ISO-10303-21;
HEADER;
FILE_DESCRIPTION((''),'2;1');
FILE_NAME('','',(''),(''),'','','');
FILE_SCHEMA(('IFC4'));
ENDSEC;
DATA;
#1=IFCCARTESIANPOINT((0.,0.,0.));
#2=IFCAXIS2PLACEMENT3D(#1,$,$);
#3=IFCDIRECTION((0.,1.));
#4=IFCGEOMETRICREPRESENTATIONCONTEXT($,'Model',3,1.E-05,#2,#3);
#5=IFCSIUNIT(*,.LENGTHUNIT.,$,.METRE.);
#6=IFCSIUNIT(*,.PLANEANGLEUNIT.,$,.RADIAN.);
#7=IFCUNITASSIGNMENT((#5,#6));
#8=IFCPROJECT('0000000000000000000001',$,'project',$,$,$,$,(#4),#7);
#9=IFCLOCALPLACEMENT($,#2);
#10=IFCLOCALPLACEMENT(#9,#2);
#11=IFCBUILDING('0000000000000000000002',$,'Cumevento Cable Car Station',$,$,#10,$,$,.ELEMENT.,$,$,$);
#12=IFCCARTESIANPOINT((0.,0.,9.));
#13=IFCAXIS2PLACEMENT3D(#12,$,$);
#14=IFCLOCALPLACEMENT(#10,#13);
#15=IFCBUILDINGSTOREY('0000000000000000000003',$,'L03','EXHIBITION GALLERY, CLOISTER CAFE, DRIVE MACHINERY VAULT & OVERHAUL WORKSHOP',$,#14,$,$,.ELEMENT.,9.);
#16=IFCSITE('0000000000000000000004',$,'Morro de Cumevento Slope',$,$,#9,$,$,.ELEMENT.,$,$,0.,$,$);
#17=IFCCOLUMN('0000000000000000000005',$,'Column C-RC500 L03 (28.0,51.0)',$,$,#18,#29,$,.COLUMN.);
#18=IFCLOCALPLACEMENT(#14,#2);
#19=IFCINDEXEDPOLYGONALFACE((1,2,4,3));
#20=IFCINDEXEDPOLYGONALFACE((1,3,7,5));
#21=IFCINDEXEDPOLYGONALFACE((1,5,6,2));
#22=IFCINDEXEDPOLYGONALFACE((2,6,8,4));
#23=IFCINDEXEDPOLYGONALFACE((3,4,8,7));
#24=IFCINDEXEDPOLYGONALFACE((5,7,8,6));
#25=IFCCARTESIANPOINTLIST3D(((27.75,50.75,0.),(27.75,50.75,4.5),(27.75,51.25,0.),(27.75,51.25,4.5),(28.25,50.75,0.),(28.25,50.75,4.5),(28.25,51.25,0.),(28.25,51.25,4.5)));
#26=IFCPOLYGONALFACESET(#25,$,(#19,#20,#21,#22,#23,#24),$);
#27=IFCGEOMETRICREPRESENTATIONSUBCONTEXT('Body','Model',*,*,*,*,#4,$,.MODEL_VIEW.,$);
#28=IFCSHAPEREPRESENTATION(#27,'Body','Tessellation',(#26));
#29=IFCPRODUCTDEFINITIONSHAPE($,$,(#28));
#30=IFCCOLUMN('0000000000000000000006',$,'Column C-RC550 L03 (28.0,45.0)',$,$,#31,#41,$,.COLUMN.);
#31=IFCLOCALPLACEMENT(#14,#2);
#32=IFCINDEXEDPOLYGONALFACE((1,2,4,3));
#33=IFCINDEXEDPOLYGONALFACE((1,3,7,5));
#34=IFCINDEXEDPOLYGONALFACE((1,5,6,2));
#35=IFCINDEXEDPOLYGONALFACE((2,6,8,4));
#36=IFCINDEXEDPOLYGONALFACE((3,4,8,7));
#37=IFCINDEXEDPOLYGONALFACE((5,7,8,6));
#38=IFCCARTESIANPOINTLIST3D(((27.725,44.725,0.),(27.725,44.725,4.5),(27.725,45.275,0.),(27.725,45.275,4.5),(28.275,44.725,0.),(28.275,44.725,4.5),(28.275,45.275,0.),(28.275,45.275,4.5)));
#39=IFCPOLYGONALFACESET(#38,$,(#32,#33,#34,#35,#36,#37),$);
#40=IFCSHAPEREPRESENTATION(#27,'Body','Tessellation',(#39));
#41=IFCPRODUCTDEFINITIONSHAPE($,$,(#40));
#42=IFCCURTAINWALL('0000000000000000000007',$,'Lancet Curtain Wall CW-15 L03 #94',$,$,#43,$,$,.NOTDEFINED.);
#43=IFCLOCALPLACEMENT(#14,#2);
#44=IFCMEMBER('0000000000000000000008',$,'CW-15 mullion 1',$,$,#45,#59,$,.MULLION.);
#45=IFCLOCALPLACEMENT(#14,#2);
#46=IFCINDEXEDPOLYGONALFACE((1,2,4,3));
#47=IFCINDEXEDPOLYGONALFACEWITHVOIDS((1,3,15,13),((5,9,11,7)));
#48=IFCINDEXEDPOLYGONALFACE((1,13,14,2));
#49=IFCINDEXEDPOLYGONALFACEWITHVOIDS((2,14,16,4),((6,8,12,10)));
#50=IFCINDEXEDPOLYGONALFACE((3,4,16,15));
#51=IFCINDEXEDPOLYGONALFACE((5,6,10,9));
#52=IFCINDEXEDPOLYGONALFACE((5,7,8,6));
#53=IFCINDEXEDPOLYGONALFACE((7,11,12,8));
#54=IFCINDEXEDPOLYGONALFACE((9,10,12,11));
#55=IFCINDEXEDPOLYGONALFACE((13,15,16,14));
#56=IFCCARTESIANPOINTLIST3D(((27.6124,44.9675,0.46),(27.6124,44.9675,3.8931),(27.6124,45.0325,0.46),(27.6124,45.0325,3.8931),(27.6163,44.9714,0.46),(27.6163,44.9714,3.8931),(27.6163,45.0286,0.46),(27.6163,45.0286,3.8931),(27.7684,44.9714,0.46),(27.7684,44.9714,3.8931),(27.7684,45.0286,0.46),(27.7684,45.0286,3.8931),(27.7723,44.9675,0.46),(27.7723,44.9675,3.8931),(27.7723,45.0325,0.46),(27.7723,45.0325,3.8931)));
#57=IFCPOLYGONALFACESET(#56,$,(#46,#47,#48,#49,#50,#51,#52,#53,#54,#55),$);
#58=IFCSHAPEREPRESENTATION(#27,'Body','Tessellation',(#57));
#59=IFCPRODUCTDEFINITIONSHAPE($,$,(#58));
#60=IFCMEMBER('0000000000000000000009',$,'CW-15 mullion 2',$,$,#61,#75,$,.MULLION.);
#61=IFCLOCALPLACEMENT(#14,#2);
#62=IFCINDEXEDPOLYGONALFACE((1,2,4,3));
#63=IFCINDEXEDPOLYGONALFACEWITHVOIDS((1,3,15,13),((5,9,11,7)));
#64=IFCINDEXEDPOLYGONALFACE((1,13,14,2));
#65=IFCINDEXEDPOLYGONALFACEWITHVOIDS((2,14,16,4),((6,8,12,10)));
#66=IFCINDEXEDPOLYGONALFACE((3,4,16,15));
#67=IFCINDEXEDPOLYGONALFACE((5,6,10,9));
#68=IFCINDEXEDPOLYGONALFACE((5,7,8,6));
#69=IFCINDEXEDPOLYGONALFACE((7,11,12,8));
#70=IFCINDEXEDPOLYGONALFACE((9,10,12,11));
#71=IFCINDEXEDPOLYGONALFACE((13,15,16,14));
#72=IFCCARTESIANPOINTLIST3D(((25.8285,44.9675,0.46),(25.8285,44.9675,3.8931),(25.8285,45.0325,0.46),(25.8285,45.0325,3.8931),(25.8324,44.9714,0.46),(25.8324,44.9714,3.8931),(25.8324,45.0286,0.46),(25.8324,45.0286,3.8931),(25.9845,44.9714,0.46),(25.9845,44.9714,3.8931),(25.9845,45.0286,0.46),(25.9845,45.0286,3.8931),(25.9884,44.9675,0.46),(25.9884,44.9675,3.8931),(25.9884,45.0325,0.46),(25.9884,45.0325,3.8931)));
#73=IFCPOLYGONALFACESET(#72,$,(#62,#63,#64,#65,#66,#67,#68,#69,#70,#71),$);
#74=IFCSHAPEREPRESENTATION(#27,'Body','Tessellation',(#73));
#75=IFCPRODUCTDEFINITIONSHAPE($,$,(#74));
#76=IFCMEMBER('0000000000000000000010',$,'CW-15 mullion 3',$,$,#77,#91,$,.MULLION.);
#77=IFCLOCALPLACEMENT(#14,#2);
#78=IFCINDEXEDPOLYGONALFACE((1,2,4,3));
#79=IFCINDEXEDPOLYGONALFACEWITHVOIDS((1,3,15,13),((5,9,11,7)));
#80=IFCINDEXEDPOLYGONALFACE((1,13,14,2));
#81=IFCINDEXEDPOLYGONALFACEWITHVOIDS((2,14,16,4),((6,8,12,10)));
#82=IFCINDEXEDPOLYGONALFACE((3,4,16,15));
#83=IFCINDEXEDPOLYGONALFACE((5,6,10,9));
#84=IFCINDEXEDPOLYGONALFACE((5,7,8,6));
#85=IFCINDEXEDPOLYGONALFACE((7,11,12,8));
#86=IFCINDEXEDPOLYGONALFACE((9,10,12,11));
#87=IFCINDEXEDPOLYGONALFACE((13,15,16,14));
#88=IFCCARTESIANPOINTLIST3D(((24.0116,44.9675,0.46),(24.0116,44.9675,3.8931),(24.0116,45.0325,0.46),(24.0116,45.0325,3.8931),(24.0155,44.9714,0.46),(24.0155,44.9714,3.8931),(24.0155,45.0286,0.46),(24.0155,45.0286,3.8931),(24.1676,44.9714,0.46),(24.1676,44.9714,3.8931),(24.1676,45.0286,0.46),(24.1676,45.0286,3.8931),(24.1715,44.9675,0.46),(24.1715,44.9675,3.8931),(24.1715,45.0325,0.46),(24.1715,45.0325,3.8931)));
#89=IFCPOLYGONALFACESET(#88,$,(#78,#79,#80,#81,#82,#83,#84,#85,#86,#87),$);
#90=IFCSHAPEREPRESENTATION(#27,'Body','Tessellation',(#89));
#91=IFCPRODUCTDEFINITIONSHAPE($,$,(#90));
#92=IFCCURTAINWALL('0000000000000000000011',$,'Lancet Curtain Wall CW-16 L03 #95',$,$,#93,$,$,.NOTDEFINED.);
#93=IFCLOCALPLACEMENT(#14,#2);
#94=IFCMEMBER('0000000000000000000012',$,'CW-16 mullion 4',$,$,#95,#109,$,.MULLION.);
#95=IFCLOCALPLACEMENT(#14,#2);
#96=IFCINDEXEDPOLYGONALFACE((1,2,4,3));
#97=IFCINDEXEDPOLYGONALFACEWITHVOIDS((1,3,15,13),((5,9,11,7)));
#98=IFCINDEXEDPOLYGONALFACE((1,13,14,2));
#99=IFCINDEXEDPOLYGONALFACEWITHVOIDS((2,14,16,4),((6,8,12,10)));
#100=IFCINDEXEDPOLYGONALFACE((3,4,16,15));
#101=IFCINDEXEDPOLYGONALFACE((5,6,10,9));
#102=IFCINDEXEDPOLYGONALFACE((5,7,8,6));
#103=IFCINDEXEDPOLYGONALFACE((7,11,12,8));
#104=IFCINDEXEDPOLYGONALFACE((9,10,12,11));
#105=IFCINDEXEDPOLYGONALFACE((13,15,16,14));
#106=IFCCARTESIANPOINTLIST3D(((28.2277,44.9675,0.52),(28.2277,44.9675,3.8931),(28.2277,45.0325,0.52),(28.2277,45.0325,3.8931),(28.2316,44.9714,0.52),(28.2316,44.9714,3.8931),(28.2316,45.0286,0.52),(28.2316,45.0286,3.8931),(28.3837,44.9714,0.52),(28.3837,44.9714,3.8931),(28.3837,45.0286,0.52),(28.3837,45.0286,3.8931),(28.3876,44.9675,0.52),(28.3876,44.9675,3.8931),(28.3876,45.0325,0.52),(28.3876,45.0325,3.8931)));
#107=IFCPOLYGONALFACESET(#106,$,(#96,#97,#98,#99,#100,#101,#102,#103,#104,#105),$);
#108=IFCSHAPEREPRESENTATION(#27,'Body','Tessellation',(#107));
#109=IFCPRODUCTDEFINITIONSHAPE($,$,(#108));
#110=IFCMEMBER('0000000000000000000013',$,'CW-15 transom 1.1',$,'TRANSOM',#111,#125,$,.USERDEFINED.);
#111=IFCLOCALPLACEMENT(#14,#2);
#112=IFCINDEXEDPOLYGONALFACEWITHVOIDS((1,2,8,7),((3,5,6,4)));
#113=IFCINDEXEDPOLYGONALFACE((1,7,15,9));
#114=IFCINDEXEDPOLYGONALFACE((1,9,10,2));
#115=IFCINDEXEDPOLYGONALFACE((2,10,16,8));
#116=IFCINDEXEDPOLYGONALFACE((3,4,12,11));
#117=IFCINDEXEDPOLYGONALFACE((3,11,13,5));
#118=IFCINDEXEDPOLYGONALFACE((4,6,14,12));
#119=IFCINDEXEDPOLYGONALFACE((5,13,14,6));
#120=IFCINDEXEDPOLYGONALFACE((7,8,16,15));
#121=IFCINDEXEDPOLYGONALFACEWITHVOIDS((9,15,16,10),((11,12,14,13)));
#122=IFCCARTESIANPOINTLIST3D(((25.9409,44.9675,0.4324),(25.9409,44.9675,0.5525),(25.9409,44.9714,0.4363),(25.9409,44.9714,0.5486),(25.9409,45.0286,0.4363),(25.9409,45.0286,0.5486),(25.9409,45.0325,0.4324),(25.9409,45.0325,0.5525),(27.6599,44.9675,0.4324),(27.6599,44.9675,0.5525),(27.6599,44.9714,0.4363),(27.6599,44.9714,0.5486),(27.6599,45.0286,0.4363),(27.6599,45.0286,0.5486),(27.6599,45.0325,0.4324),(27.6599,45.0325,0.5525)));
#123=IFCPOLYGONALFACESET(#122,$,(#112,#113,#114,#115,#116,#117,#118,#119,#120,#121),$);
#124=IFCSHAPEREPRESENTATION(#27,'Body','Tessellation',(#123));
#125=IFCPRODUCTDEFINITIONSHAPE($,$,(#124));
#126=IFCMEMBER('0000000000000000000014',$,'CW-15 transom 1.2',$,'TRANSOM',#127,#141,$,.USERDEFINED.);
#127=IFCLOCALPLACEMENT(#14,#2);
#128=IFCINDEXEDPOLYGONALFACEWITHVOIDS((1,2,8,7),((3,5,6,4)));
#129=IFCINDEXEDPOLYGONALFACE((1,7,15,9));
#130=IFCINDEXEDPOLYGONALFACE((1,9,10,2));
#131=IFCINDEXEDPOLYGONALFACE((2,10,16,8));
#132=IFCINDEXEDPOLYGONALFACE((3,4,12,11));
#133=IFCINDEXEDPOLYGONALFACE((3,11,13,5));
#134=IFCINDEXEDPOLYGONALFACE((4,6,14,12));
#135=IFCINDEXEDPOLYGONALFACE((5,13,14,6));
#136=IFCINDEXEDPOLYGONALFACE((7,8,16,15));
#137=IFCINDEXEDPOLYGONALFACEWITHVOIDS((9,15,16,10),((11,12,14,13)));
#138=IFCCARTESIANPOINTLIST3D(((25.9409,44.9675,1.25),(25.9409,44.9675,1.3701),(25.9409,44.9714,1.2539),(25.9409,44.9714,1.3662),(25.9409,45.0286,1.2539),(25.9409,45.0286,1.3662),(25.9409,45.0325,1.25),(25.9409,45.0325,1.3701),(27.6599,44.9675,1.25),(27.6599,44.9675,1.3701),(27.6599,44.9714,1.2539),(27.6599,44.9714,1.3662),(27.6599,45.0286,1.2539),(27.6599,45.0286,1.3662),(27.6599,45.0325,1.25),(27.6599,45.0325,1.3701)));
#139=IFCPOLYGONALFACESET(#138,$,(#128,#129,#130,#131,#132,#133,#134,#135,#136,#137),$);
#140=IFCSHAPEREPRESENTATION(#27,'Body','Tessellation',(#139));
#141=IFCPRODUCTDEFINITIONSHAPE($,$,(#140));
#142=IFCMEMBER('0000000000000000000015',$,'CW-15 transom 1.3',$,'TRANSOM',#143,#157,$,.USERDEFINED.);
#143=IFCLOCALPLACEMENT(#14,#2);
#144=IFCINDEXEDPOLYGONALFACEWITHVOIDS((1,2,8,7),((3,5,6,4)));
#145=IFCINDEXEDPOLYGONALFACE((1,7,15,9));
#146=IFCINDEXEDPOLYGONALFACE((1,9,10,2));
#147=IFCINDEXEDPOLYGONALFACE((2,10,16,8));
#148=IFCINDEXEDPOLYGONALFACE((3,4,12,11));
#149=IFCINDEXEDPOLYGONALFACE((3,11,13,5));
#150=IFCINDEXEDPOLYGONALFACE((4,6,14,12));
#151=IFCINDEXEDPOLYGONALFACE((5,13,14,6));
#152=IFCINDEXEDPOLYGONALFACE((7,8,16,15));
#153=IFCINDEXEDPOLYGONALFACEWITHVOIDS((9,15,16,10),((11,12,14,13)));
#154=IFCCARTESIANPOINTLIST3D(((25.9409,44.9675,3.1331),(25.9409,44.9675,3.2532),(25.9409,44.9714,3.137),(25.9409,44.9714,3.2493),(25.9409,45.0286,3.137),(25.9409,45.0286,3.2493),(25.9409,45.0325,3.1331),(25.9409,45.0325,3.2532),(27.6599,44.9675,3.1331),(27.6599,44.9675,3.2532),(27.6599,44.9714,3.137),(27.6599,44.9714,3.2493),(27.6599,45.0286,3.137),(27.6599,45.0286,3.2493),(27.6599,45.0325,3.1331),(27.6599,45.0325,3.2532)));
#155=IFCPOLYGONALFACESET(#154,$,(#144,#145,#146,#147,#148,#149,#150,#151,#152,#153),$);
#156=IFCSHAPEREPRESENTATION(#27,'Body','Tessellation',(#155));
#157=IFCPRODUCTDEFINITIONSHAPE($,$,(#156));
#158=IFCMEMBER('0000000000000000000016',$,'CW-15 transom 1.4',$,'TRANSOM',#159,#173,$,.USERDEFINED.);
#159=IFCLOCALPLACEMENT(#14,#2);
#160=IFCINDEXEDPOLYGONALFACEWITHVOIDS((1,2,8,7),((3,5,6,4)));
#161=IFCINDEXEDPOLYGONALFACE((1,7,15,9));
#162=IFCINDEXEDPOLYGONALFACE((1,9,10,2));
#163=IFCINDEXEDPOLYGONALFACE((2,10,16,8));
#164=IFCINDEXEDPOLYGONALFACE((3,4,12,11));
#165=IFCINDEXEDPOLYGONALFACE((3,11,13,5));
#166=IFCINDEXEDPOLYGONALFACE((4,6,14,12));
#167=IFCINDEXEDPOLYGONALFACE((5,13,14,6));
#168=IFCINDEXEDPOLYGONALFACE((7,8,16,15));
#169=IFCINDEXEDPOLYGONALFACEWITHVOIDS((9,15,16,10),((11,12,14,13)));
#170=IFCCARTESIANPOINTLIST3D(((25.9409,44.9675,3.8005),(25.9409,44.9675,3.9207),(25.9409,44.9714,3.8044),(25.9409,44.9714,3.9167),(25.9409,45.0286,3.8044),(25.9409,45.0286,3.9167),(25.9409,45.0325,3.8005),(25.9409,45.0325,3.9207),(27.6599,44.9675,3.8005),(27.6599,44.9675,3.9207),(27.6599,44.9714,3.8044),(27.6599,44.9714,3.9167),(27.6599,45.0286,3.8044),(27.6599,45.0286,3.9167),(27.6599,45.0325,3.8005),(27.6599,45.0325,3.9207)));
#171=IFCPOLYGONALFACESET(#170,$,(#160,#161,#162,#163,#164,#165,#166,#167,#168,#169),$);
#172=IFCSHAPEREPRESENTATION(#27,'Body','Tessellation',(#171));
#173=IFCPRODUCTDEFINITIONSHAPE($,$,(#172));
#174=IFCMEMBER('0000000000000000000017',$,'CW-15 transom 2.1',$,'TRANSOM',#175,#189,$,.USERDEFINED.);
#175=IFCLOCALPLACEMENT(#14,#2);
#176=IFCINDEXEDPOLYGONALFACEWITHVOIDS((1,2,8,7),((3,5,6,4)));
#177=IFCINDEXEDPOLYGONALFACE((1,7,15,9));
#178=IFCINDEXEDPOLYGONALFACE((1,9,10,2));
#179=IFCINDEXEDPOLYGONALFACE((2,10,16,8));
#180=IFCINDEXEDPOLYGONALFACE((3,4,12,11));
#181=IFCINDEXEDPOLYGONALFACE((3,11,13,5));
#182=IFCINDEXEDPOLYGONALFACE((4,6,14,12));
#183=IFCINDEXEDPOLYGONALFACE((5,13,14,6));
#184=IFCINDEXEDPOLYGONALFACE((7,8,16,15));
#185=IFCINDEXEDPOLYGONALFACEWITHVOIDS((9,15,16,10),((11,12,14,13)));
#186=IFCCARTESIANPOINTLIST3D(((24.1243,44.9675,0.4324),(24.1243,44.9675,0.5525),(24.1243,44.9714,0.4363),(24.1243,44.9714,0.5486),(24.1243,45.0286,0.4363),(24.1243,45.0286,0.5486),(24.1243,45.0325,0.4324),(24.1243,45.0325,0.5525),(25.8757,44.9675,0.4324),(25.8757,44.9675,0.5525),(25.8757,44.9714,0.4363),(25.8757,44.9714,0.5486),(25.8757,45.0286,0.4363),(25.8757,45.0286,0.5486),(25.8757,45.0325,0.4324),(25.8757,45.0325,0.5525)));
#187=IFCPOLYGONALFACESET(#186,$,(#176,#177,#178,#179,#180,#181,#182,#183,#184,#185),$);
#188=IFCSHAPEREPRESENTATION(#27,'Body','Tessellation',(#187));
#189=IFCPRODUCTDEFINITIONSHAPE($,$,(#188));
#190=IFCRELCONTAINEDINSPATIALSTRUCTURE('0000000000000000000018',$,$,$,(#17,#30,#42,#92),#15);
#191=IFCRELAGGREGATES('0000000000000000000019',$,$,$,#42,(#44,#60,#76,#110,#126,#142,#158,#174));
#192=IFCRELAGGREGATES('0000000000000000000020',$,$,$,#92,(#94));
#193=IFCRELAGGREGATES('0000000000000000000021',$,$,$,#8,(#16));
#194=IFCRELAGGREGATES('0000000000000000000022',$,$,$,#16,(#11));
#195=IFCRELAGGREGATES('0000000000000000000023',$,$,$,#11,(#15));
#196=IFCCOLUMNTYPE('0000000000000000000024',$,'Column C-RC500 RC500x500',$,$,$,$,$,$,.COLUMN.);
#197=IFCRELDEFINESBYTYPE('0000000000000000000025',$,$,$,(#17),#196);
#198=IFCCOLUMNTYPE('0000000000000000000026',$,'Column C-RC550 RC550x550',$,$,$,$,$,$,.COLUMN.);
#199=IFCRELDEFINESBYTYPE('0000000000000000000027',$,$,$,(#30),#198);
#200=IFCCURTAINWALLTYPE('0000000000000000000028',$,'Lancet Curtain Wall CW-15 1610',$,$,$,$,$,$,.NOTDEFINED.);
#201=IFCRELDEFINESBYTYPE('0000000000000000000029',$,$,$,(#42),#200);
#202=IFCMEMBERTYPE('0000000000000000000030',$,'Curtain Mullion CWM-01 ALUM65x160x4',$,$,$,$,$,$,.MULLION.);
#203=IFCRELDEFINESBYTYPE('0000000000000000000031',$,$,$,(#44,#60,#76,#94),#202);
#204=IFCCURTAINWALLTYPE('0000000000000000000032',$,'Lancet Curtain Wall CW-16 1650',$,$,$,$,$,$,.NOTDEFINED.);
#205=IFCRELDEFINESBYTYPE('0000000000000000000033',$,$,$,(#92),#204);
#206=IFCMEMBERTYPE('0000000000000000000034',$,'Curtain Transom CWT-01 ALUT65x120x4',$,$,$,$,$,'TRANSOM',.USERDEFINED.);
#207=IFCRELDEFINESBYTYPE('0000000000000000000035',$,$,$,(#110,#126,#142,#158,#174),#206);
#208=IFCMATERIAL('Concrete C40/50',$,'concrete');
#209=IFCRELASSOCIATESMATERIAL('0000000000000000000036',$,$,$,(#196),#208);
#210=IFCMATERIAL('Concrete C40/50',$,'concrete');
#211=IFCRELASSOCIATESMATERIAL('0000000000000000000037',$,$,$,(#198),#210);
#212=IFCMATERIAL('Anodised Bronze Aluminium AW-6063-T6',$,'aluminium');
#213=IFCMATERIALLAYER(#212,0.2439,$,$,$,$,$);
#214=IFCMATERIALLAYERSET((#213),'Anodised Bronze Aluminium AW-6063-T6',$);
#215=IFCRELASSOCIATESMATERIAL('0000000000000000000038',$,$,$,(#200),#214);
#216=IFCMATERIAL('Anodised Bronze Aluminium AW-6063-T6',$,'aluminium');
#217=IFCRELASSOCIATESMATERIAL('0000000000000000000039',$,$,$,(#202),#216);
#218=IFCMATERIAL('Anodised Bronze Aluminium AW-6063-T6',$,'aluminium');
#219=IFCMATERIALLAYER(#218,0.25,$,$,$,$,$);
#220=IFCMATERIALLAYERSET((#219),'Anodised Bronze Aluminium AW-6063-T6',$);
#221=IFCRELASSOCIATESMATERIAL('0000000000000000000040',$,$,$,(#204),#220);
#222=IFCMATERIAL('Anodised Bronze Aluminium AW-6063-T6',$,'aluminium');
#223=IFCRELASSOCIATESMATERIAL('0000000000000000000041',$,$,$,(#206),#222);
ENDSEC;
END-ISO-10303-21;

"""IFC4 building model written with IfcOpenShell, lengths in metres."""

from ifc_helpers import new_model, si_unit, direction, frame, origin, origin_2d, place, context, subcontext, project, spatial, rectangle, hollow_rectangle, extrude, material, layer, layer_set, material_profile, profile_set, type_object, element, aggregate, save


model = new_model("IFC4")

# Units and contexts
model_context = context("Model", 3, precision=1e-05, world=origin(), true_north=direction((0.0, 1.0)))
body_context = subcontext(model_context, "Body", "Model", "MODEL_VIEW")
ifc_project = project(units=[si_unit("LENGTHUNIT", "METRE"), si_unit("PLANEANGLEUNIT", "RADIAN")], contexts=[model_context])

# Site, building, storey
site_placement = place(None, origin())
site = spatial("IfcSite", under=ifc_project, at=site_placement, Name="Morro de Cumevento Slope", CompositionType="ELEMENT", RefElevation=0.0)
building_placement = place(site_placement, origin())
building = spatial("IfcBuilding", under=site, at=building_placement, Name="Cumevento Cable Car Station", CompositionType="ELEMENT")
storey_placement = place(building_placement, frame((0.0, 0.0, 9.0)))
storey = spatial("IfcBuildingStorey", under=building, at=storey_placement, Name="L03", Description="EXHIBITION GALLERY, CLOISTER CAFE, DRIVE MACHINERY VAULT & OVERHAUL WORKSHOP", CompositionType="ELEMENT", Elevation=9.0)

# Columns
ifc_material_1 = material(Name="Concrete C40/50", Category="concrete")
ifc_material_profile_1 = material_profile(ifc_material_1, rectangle(XDim=0.5, YDim=0.5, at=origin_2d()), Name="RC500x500")
ifc_profile_set_1 = profile_set([ifc_material_profile_1], Name="Concrete C40/50")
column_type_1 = type_object("IfcColumnType", Name="Column C-RC500 RC500x500", PredefinedType="COLUMN", material=ifc_profile_set_1)
column_1_placement = place(storey_placement, frame((28.0, 51.0, 0.0), z_axis=(0.0, 0.0, 1.0), x_axis=(1.0, 0.0, 0.0)))
element("IfcColumn", 1, at=column_1_placement, inside=storey, type_object=column_type_1, Name="Column C-RC500 L03 (28.0,51.0)", PredefinedType="COLUMN", context=body_context, shape_type="SweptSolid", body=[
    extrude(rectangle(XDim=0.5, YDim=0.5, at=origin_2d()), origin(), (0.0, 0.0, 1.0), 4.5),
])
ifc_material_2 = material(Name="Concrete C40/50", Category="concrete")
ifc_material_profile_2 = material_profile(ifc_material_2, rectangle(XDim=0.55, YDim=0.55, at=origin_2d()), Name="RC550x550")
ifc_profile_set_2 = profile_set([ifc_material_profile_2], Name="Concrete C40/50")
column_type_2 = type_object("IfcColumnType", Name="Column C-RC550 RC550x550", PredefinedType="COLUMN", material=ifc_profile_set_2)
column_2_placement = place(storey_placement, frame((28.0, 45.0, 0.0), z_axis=(0.0, 0.0, 1.0), x_axis=(1.0, 0.0, 0.0)))
element("IfcColumn", 2, at=column_2_placement, inside=storey, type_object=column_type_2, Name="Column C-RC550 L03 (28.0,45.0)", PredefinedType="COLUMN", context=body_context, shape_type="SweptSolid", body=[
    extrude(rectangle(XDim=0.55, YDim=0.55, at=origin_2d()), origin(), (0.0, 0.0, 1.0), 4.5),
])

# Curtain wall, members
ifc_material_3 = material(Name="Anodised Bronze Aluminium AW-6063-T6", Category="aluminium")
ifc_layer_1 = layer(ifc_material_3, 0.2439)
ifc_layer_set_1 = layer_set([ifc_layer_1], Name="Anodised Bronze Aluminium AW-6063-T6")
curtain_wall_type_1 = type_object("IfcCurtainWallType", Name="Lancet Curtain Wall CW-15 1610", PredefinedType="NOTDEFINED", material=ifc_layer_set_1)
curtain_wall_1_placement = place(storey_placement, origin())
curtain_wall_1 = element("IfcCurtainWall", 3, at=curtain_wall_1_placement, inside=storey, type_object=curtain_wall_type_1, Name="Lancet Curtain Wall CW-15 L03 #94", PredefinedType="NOTDEFINED")
ifc_material_4 = material(Name="Anodised Bronze Aluminium AW-6063-T6", Category="aluminium")
ifc_material_profile_3 = material_profile(ifc_material_4, hollow_rectangle(XDim=0.0649, YDim=0.1599, WallThickness=0.0039, at=origin_2d()), Name="ALUM65x160x4")
ifc_profile_set_3 = profile_set([ifc_material_profile_3], Name="Anodised Bronze Aluminium AW-6063-T6")
member_type_1 = type_object("IfcMemberType", Name="Curtain Mullion CWM-01 ALUM65x160x4", PredefinedType="MULLION", material=ifc_profile_set_3)
member_1_placement = place(storey_placement, frame((27.6924, 45.0, 0.46), z_axis=(0.0, 0.0, 1.0), x_axis=(0.0, -1.0, 0.0)))
member_1 = element("IfcMember", 4, at=member_1_placement, type_object=member_type_1, Name="CW-15 mullion 1", PredefinedType="MULLION", context=body_context, shape_type="SweptSolid", body=[
    extrude(hollow_rectangle(XDim=0.0649, YDim=0.1599, WallThickness=0.0039, at=origin_2d()), origin(), (0.0, 0.0, 1.0), 3.4331),
])
member_2_placement = place(storey_placement, frame((25.9084, 45.0, 0.46), z_axis=(0.0, 0.0, 1.0), x_axis=(0.0, -1.0, 0.0)))
member_2 = element("IfcMember", 5, at=member_2_placement, type_object=member_type_1, Name="CW-15 mullion 2", PredefinedType="MULLION", context=body_context, shape_type="SweptSolid", body=[
    extrude(hollow_rectangle(XDim=0.0649, YDim=0.1599, WallThickness=0.0039, at=origin_2d()), origin(), (0.0, 0.0, 1.0), 3.4331),
])
member_3_placement = place(storey_placement, frame((24.0916, 45.0, 0.46), z_axis=(0.0, 0.0, 1.0), x_axis=(0.0, -1.0, 0.0)))
member_3 = element("IfcMember", 6, at=member_3_placement, type_object=member_type_1, Name="CW-15 mullion 3", PredefinedType="MULLION", context=body_context, shape_type="SweptSolid", body=[
    extrude(hollow_rectangle(XDim=0.0649, YDim=0.1599, WallThickness=0.0039, at=origin_2d()), origin(), (0.0, 0.0, 1.0), 3.4331),
])

# Curtain wall, member
ifc_material_5 = material(Name="Anodised Bronze Aluminium AW-6063-T6", Category="aluminium")
ifc_layer_2 = layer(ifc_material_5, 0.25)
ifc_layer_set_2 = layer_set([ifc_layer_2], Name="Anodised Bronze Aluminium AW-6063-T6")
curtain_wall_type_2 = type_object("IfcCurtainWallType", Name="Lancet Curtain Wall CW-16 1650", PredefinedType="NOTDEFINED", material=ifc_layer_set_2)
curtain_wall_2_placement = place(storey_placement, origin())
curtain_wall_2 = element("IfcCurtainWall", 7, at=curtain_wall_2_placement, inside=storey, type_object=curtain_wall_type_2, Name="Lancet Curtain Wall CW-16 L03 #95", PredefinedType="NOTDEFINED")
member_4_placement = place(storey_placement, frame((28.3076, 45.0, 0.52), z_axis=(0.0, 0.0, 1.0), x_axis=(0.0, -1.0, 0.0)))
member_4 = element("IfcMember", 8, at=member_4_placement, type_object=member_type_1, Name="CW-16 mullion 4", PredefinedType="MULLION", context=body_context, shape_type="SweptSolid", body=[
    extrude(hollow_rectangle(XDim=0.0649, YDim=0.1599, WallThickness=0.0039, at=origin_2d()), origin(), (0.0, 0.0, 1.0), 3.373),
])

# Members
ifc_material_6 = material(Name="Anodised Bronze Aluminium AW-6063-T6", Category="aluminium")
ifc_material_profile_4 = material_profile(ifc_material_6, hollow_rectangle(XDim=0.0649, YDim=0.1201, WallThickness=0.0039, at=origin_2d()), Name="ALUT65x120x4")
ifc_profile_set_4 = profile_set([ifc_material_profile_4], Name="Anodised Bronze Aluminium AW-6063-T6")
member_type_2 = type_object("IfcMemberType", Name="Curtain Transom CWT-01 ALUT65x120x4", ElementType="TRANSOM", PredefinedType="USERDEFINED", material=ifc_profile_set_4)
member_5_placement = place(storey_placement, frame((27.6599, 45.0, 0.4924), z_axis=(-1.0, 0.0, 0.0), x_axis=(0.0, -1.0, 0.0)))
member_5 = element("IfcMember", 9, at=member_5_placement, type_object=member_type_2, Name="CW-15 transom 1.1", ObjectType="TRANSOM", PredefinedType="USERDEFINED", context=body_context, shape_type="SweptSolid", body=[
    extrude(hollow_rectangle(XDim=0.0649, YDim=0.1201, WallThickness=0.0039, at=origin_2d()), origin(), (0.0, 0.0, 1.0), 1.719),
])
member_6_placement = place(storey_placement, frame((27.6599, 45.0, 1.3101), z_axis=(-1.0, 0.0, 0.0), x_axis=(0.0, -1.0, 0.0)))
member_6 = element("IfcMember", 10, at=member_6_placement, type_object=member_type_2, Name="CW-15 transom 1.2", ObjectType="TRANSOM", PredefinedType="USERDEFINED", context=body_context, shape_type="SweptSolid", body=[
    extrude(hollow_rectangle(XDim=0.0649, YDim=0.1201, WallThickness=0.0039, at=origin_2d()), origin(), (0.0, 0.0, 1.0), 1.719),
])
member_7_placement = place(storey_placement, frame((27.6599, 45.0, 3.1931), z_axis=(-1.0, 0.0, 0.0), x_axis=(0.0, -1.0, 0.0)))
member_7 = element("IfcMember", 11, at=member_7_placement, type_object=member_type_2, Name="CW-15 transom 1.3", ObjectType="TRANSOM", PredefinedType="USERDEFINED", context=body_context, shape_type="SweptSolid", body=[
    extrude(hollow_rectangle(XDim=0.0649, YDim=0.1201, WallThickness=0.0039, at=origin_2d()), origin(), (0.0, 0.0, 1.0), 1.719),
])
member_8_placement = place(storey_placement, frame((27.6599, 45.0, 3.8606), z_axis=(-1.0, 0.0, 0.0), x_axis=(0.0, -1.0, 0.0)))
member_8 = element("IfcMember", 12, at=member_8_placement, type_object=member_type_2, Name="CW-15 transom 1.4", ObjectType="TRANSOM", PredefinedType="USERDEFINED", context=body_context, shape_type="SweptSolid", body=[
    extrude(hollow_rectangle(XDim=0.0649, YDim=0.1201, WallThickness=0.0039, at=origin_2d()), origin(), (0.0, 0.0, 1.0), 1.719),
])
member_9_placement = place(storey_placement, frame((25.8757, 45.0, 0.4924), z_axis=(-1.0, 0.0, 0.0), x_axis=(0.0, -1.0, 0.0)))
member_9 = element("IfcMember", 13, at=member_9_placement, type_object=member_type_2, Name="CW-15 transom 2.1", ObjectType="TRANSOM", PredefinedType="USERDEFINED", context=body_context, shape_type="SweptSolid", body=[
    extrude(hollow_rectangle(XDim=0.0649, YDim=0.1201, WallThickness=0.0039, at=origin_2d()), origin(), (0.0, 0.0, 1.0), 1.7515),
])

aggregate(curtain_wall_1, [member_1, member_2, member_3, member_5, member_6, member_7, member_8, member_9])
aggregate(curtain_wall_2, [member_4])

save(model, "model.ifc")
